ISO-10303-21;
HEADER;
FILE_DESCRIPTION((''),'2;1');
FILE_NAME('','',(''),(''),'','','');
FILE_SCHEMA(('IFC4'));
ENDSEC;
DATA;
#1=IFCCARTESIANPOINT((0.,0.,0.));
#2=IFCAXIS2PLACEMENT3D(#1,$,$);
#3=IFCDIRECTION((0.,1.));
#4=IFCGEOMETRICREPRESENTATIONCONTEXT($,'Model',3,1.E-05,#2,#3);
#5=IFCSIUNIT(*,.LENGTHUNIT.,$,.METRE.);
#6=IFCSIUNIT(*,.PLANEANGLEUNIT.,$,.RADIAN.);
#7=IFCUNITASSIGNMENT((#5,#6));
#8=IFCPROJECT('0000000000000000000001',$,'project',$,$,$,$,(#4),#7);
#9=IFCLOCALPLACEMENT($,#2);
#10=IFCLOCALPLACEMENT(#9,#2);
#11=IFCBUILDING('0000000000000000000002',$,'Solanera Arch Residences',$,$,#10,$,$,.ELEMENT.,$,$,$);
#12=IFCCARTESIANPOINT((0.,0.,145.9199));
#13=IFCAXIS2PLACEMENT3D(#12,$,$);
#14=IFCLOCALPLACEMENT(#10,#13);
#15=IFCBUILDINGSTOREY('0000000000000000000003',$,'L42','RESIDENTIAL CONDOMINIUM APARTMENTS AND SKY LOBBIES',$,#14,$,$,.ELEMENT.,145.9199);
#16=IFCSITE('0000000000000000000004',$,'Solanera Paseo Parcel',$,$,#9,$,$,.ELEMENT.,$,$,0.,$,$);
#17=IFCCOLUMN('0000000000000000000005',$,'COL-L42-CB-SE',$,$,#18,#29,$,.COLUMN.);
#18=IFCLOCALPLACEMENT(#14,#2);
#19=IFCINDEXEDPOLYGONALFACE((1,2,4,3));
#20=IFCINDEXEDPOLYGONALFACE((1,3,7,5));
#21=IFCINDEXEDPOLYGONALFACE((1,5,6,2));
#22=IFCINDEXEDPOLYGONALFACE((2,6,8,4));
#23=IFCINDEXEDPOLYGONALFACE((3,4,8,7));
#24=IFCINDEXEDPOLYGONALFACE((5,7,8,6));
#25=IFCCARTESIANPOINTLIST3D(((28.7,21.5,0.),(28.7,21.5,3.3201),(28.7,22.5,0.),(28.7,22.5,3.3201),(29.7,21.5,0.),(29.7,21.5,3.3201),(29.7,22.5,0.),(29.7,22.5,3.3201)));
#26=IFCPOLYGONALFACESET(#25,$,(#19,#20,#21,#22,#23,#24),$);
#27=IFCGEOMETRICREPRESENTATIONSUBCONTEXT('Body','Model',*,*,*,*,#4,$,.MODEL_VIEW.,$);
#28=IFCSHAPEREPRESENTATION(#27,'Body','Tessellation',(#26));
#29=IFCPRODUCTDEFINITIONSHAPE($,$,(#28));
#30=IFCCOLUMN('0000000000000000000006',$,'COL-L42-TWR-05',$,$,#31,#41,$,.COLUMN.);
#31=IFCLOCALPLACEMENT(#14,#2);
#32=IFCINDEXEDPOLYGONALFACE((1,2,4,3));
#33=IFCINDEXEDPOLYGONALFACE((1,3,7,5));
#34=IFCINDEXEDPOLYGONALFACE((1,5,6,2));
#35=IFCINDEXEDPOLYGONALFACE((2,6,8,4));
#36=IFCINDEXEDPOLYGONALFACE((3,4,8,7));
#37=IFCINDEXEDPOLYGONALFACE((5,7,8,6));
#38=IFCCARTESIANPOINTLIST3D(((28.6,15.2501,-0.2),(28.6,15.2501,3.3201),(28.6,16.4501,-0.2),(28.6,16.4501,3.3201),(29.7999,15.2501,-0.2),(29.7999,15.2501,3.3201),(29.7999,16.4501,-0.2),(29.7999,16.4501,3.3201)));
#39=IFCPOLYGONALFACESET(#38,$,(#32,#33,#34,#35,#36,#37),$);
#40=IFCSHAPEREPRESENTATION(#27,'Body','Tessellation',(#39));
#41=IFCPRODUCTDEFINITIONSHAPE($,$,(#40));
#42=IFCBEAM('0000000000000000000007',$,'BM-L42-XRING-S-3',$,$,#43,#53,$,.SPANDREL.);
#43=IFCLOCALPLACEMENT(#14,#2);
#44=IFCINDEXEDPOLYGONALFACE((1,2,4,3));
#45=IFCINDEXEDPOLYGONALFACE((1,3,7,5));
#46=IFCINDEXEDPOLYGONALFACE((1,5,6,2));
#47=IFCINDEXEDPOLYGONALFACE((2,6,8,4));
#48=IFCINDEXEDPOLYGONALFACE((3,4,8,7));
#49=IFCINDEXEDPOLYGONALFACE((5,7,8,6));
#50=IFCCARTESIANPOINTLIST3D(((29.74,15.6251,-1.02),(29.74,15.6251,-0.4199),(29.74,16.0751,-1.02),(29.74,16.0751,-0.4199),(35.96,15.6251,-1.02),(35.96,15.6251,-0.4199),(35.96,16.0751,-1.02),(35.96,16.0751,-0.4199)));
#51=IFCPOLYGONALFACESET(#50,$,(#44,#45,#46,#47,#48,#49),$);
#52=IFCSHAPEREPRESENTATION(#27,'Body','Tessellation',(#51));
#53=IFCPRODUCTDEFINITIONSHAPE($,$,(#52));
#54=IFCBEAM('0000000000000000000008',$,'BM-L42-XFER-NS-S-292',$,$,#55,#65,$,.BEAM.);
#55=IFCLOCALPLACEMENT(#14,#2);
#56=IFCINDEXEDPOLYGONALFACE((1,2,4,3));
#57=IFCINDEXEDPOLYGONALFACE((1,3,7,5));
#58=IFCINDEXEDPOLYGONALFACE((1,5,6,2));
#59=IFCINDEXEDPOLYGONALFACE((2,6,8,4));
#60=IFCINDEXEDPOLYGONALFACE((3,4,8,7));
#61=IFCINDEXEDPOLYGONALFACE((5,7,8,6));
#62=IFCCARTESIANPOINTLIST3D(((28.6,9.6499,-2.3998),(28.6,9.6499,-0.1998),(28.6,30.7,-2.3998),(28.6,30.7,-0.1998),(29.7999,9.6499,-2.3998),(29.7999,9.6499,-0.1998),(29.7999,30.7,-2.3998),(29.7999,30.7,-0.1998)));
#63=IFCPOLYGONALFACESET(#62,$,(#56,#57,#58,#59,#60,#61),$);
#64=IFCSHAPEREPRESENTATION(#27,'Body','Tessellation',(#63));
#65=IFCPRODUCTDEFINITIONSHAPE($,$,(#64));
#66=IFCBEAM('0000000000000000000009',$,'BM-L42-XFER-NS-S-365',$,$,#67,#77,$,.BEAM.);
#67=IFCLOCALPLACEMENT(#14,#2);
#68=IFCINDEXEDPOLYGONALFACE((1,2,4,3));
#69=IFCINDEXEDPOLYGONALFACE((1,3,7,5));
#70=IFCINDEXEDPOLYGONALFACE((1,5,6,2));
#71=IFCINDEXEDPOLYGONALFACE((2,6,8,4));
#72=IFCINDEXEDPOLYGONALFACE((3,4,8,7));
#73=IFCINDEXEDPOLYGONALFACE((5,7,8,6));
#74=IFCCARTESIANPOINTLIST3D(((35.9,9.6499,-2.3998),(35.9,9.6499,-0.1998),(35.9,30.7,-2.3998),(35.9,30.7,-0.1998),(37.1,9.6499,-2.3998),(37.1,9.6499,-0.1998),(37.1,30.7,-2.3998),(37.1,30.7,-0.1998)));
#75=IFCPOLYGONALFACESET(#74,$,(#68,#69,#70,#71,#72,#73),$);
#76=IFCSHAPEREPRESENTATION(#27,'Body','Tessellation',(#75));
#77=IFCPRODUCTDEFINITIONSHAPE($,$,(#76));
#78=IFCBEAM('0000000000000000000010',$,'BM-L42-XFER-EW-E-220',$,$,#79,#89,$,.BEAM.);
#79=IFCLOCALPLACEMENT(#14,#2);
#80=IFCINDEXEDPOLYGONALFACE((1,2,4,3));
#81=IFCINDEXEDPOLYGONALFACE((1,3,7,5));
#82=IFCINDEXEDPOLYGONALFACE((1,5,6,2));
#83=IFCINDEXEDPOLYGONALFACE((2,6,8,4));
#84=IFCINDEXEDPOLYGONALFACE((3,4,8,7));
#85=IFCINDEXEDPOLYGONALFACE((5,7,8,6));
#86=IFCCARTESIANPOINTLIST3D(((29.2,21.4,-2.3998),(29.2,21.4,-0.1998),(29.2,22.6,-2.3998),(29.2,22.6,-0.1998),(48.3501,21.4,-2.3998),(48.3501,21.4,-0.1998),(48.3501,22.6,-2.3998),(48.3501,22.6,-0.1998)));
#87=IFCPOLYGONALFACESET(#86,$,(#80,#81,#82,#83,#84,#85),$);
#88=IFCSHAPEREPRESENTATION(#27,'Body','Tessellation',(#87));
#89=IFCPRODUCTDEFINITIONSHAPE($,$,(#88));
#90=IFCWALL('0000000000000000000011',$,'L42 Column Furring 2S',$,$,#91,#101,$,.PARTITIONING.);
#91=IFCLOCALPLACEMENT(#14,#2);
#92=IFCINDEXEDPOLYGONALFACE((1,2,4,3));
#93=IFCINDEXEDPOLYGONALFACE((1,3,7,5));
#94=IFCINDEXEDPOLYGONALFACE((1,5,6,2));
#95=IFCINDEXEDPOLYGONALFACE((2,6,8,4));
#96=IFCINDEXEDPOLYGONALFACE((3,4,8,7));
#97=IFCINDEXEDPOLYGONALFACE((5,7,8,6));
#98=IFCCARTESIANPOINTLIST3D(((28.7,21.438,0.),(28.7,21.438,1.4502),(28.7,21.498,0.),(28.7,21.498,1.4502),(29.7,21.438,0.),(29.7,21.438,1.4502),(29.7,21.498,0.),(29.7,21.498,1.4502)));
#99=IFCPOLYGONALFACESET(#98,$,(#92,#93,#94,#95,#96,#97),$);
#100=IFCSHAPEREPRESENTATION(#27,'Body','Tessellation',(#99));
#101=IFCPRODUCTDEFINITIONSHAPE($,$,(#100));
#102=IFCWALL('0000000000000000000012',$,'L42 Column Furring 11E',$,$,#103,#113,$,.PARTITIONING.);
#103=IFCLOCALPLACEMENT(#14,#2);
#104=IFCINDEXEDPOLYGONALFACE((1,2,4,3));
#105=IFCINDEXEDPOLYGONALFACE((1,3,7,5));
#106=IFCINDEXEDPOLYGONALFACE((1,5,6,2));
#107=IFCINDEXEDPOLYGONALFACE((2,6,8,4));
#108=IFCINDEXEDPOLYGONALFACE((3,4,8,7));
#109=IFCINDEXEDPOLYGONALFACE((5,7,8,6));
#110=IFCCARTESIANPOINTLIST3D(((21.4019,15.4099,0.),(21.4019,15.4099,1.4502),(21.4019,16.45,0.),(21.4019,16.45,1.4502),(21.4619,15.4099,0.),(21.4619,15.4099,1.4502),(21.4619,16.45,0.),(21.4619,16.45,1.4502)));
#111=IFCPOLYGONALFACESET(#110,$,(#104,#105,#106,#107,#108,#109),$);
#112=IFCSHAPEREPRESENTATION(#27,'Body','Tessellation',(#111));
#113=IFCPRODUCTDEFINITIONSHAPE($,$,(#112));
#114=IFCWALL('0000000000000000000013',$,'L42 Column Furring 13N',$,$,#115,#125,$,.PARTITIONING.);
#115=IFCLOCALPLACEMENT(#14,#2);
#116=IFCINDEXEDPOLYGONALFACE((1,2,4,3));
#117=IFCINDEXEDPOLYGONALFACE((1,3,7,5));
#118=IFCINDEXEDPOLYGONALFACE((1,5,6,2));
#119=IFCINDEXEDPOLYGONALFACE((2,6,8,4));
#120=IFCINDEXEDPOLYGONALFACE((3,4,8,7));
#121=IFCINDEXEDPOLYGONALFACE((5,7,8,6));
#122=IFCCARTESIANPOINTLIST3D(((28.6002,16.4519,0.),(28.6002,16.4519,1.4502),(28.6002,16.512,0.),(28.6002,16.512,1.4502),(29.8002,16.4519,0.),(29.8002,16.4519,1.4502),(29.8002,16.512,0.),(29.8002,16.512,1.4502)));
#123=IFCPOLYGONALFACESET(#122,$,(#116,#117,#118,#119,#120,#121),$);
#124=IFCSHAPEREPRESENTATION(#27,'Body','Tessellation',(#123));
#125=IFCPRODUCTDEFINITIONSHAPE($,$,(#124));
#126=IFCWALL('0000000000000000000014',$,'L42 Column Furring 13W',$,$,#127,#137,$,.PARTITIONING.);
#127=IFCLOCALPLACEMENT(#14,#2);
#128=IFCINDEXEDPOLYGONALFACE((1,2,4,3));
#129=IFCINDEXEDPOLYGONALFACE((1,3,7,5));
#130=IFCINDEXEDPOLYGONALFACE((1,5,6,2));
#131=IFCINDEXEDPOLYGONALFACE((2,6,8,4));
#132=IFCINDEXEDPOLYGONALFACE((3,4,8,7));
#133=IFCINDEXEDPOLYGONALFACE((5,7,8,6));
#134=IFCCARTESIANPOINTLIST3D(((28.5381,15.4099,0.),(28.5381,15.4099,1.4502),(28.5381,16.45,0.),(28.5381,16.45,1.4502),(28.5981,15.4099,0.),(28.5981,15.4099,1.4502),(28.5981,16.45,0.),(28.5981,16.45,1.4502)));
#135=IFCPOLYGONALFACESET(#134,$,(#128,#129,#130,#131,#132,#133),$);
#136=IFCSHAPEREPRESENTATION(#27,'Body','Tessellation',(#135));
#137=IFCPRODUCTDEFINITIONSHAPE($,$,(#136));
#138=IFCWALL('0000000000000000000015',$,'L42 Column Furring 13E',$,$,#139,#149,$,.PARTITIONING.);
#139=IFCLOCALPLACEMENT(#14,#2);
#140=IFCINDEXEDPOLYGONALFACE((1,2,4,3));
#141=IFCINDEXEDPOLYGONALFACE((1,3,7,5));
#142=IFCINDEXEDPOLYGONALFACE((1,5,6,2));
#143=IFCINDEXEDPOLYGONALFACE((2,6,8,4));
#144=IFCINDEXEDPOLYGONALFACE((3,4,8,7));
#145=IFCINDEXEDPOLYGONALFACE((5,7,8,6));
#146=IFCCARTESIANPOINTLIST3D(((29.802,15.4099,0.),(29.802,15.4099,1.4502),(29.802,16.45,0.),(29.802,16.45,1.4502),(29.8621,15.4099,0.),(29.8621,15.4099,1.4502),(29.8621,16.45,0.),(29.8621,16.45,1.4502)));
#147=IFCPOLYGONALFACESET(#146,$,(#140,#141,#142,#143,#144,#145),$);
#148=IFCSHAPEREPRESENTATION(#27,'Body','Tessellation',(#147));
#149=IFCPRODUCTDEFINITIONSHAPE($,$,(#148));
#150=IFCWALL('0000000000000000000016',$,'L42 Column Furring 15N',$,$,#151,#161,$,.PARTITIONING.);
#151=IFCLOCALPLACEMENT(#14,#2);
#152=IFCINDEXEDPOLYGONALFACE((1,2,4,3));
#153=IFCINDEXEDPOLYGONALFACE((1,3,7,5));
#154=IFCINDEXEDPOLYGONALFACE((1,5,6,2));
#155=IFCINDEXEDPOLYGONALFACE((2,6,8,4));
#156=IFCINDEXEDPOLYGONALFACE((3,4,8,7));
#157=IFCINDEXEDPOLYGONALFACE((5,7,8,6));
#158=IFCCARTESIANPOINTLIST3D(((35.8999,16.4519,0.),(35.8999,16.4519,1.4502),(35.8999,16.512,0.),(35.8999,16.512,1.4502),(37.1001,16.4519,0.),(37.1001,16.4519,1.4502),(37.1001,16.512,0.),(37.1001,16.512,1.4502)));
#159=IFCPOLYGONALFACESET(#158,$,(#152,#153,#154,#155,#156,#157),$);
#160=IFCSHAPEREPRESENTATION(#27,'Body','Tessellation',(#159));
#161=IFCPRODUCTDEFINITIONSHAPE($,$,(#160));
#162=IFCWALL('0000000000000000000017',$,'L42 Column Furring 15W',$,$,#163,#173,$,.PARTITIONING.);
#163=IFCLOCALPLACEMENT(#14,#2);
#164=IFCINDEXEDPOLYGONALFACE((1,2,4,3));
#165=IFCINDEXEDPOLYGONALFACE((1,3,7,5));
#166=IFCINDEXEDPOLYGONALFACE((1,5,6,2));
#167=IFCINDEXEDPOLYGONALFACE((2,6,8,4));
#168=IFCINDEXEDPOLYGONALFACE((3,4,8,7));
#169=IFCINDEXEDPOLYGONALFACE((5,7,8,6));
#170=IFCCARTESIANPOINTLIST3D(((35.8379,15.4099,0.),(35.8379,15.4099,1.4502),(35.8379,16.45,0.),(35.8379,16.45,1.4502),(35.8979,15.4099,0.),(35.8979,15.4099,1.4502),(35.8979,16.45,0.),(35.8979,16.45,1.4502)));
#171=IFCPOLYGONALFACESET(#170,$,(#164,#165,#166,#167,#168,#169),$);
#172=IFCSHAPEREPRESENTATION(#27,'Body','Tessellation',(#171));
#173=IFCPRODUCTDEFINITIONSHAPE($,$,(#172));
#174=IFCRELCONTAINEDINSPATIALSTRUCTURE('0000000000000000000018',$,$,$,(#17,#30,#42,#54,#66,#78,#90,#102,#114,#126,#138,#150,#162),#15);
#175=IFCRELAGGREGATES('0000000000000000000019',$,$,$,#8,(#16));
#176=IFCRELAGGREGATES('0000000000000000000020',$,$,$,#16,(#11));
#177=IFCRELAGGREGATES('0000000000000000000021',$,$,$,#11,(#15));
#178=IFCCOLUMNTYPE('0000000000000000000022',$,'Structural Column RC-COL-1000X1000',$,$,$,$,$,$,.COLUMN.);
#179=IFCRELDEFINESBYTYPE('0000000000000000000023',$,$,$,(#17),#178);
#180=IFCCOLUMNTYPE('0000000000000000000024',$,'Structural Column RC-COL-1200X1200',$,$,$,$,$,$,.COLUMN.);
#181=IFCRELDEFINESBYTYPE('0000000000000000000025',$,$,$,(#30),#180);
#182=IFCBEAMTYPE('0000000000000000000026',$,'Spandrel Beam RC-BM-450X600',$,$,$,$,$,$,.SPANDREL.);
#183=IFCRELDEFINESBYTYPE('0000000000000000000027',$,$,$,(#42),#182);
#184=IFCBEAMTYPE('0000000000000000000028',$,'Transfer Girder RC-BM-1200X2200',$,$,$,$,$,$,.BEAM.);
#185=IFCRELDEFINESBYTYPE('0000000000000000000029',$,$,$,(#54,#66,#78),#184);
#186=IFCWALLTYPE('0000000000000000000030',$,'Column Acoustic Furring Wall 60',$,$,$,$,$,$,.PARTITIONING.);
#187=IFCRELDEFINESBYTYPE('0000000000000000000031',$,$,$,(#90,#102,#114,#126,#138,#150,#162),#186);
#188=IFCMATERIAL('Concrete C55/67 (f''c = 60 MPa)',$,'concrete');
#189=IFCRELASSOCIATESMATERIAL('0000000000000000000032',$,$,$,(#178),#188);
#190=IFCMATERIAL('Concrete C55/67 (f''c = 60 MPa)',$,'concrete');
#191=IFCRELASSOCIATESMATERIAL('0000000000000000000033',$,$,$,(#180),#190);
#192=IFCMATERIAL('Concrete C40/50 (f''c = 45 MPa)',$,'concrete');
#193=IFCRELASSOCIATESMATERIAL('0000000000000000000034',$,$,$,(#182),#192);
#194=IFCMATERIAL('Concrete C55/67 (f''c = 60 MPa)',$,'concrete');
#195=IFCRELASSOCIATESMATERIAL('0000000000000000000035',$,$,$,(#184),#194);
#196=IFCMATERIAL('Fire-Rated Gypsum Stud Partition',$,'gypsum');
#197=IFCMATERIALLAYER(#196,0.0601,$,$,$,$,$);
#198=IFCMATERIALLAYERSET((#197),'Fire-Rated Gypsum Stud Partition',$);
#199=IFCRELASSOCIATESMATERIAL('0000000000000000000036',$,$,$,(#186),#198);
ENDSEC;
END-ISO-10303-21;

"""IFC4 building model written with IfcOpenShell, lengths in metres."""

from ifc_helpers import new_model, si_unit, direction, frame, frame_2d, origin, origin_2d, place, context, subcontext, project, spatial, rectangle, extrude, material, layer, layer_set, material_profile, profile_set, type_object, element, save


model = new_model("IFC4")

# Units and contexts
model_context = context("Model", 3, precision=1e-05, world=origin(), true_north=direction((0.0, 1.0)))
body_context = subcontext(model_context, "Body", "Model", "MODEL_VIEW")
ifc_project = project(units=[si_unit("LENGTHUNIT", "METRE"), si_unit("PLANEANGLEUNIT", "RADIAN")], contexts=[model_context])

# Site, building, storey
site_placement = place(None, origin())
site = spatial("IfcSite", under=ifc_project, at=site_placement, Name="Solanera Paseo Parcel", CompositionType="ELEMENT", RefElevation=0.0)
building_placement = place(site_placement, origin())
building = spatial("IfcBuilding", under=site, at=building_placement, Name="Solanera Arch Residences", CompositionType="ELEMENT")
storey_placement = place(building_placement, frame((0.0, 0.0, 145.9199)))
storey = spatial("IfcBuildingStorey", under=building, at=storey_placement, Name="L42", Description="RESIDENTIAL CONDOMINIUM APARTMENTS AND SKY LOBBIES", CompositionType="ELEMENT", Elevation=145.9199)

# Columns
ifc_material_1 = material(Name="Concrete C55/67 (f'c = 60 MPa)", Category="concrete")
ifc_material_profile_1 = material_profile(ifc_material_1, rectangle(XDim=1.0, YDim=1.0, at=origin_2d()))
ifc_profile_set_1 = profile_set([ifc_material_profile_1], Name="Concrete C55/67 (f'c = 60 MPa)")
column_type_1 = type_object("IfcColumnType", Name="Structural Column RC-COL-1000X1000", PredefinedType="COLUMN", material=ifc_profile_set_1)
column_1_placement = place(storey_placement, frame((29.2, 22.0, 0.0), z_axis=(0.0, 0.0, 1.0), x_axis=(1.0, 0.0, 0.0)))
element("IfcColumn", 1, at=column_1_placement, inside=storey, type_object=column_type_1, Name="COL-L42-CB-SE", PredefinedType="COLUMN", context=body_context, shape_type="SweptSolid", body=[
    extrude(rectangle(XDim=1.0, YDim=1.0, at=origin_2d()), origin(), (0.0, 0.0, 1.0), 3.3201),
])
ifc_material_2 = material(Name="Concrete C55/67 (f'c = 60 MPa)", Category="concrete")
ifc_material_profile_2 = material_profile(ifc_material_2, rectangle(XDim=1.2, YDim=1.2, at=origin_2d()))
ifc_profile_set_2 = profile_set([ifc_material_profile_2], Name="Concrete C55/67 (f'c = 60 MPa)")
column_type_2 = type_object("IfcColumnType", Name="Structural Column RC-COL-1200X1200", PredefinedType="COLUMN", material=ifc_profile_set_2)
column_2_placement = place(storey_placement, frame((29.2, 15.8501, -0.2), z_axis=(0.0, 0.0, 1.0), x_axis=(1.0, 0.0, 0.0)))
element("IfcColumn", 2, at=column_2_placement, inside=storey, type_object=column_type_2, Name="COL-L42-TWR-05", PredefinedType="COLUMN", context=body_context, shape_type="SweptSolid", body=[
    extrude(rectangle(XDim=1.2, YDim=1.2, at=origin_2d()), origin(), (0.0, 0.0, 1.0), 3.52),
])

# Beams
ifc_material_3 = material(Name="Concrete C40/50 (f'c = 45 MPa)", Category="concrete")
ifc_material_profile_3 = material_profile(ifc_material_3, rectangle(XDim=0.45, YDim=0.6001, at=origin_2d()))
ifc_profile_set_3 = profile_set([ifc_material_profile_3], Name="Concrete C40/50 (f'c = 45 MPa)")
beam_type_1 = type_object("IfcBeamType", Name="Spandrel Beam RC-BM-450X600", PredefinedType="SPANDREL", material=ifc_profile_set_3)
beam_1_placement = place(storey_placement, frame((29.74, 15.8501, -0.72), z_axis=(1.0, 0.0, 0.0), x_axis=(0.0, 1.0, 0.0)))
element("IfcBeam", 3, at=beam_1_placement, inside=storey, type_object=beam_type_1, Name="BM-L42-XRING-S-3", PredefinedType="SPANDREL", context=body_context, shape_type="SweptSolid", body=[
    extrude(rectangle(XDim=0.45, YDim=0.6001, at=origin_2d()), origin(), (0.0, 0.0, 1.0), 6.22),
])
ifc_material_4 = material(Name="Concrete C55/67 (f'c = 60 MPa)", Category="concrete")
ifc_material_profile_4 = material_profile(ifc_material_4, rectangle(XDim=1.2, YDim=2.2, at=origin_2d()))
ifc_profile_set_4 = profile_set([ifc_material_profile_4], Name="Concrete C55/67 (f'c = 60 MPa)")
beam_type_2 = type_object("IfcBeamType", Name="Transfer Girder RC-BM-1200X2200", PredefinedType="BEAM", material=ifc_profile_set_4)
for number, where, z_axis, x_axis, name in (
    (4, (29.2, 9.6499, -1.2998), (0.0, 1.0, 0.0), (-1.0, 0.0, 0.0), "BM-L42-XFER-NS-S-292"),
    (5, (36.5, 9.6499, -1.2998), (0.0, 1.0, 0.0), (-1.0, 0.0, 0.0), "BM-L42-XFER-NS-S-365"),
):
    element("IfcBeam", number, at=place(storey_placement, frame(where, z_axis=z_axis, x_axis=x_axis)), inside=storey, type_object=beam_type_2, Name=name, PredefinedType="BEAM", context=body_context, shape_type="SweptSolid", body=[
        extrude(rectangle(XDim=1.2, YDim=2.2, at=origin_2d()), origin(), (0.0, 0.0, 1.0), 21.05),
    ])
beam_2_placement = place(storey_placement, frame((29.2, 22.0, -1.2998), z_axis=(1.0, 0.0, 0.0), x_axis=(0.0, 1.0, 0.0)))
element("IfcBeam", 6, at=beam_2_placement, inside=storey, type_object=beam_type_2, Name="BM-L42-XFER-EW-E-220", PredefinedType="BEAM", context=body_context, shape_type="SweptSolid", body=[
    extrude(rectangle(XDim=1.2, YDim=2.2, at=origin_2d()), origin(), (0.0, 0.0, 1.0), 19.1501),
])

# Walls
ifc_material_5 = material(Name="Fire-Rated Gypsum Stud Partition", Category="gypsum")
ifc_layer_1 = layer(ifc_material_5, 0.0601)
ifc_layer_set_1 = layer_set([ifc_layer_1], Name="Fire-Rated Gypsum Stud Partition")
wall_type_1 = type_object("IfcWallType", Name="Column Acoustic Furring Wall 60", PredefinedType="PARTITIONING", material=ifc_layer_set_1)
wall_1_placement = place(storey_placement, frame((28.7, 21.468, 0.0), z_axis=(0.0, 0.0, 1.0), x_axis=(1.0, 0.0, 0.0)))
element("IfcWall", 7, at=wall_1_placement, inside=storey, type_object=wall_type_1, Name="L42 Column Furring 2S", PredefinedType="PARTITIONING", context=body_context, shape_type="SweptSolid", body=[
    extrude(rectangle(XDim=1.0, YDim=0.0601, at=frame_2d((0.5, 0.0))), origin(), (0.0, 0.0, 1.0), 1.4502),
])
wall_2_placement = place(storey_placement, frame((21.4319, 15.4099, 0.0), z_axis=(0.0, 0.0, 1.0), x_axis=(0.0, 1.0, 0.0)))
element("IfcWall", 8, at=wall_2_placement, inside=storey, type_object=wall_type_1, Name="L42 Column Furring 11E", PredefinedType="PARTITIONING", context=body_context, shape_type="SweptSolid", body=[
    extrude(rectangle(XDim=1.04, YDim=0.0601, at=frame_2d((0.52, 0.0))), origin(), (0.0, 0.0, 1.0), 1.4502),
])
wall_3_placement = place(storey_placement, frame((28.6001, 16.4819, 0.0), z_axis=(0.0, 0.0, 1.0), x_axis=(1.0, 0.0, 0.0)))
element("IfcWall", 9, at=wall_3_placement, inside=storey, type_object=wall_type_1, Name="L42 Column Furring 13N", PredefinedType="PARTITIONING", context=body_context, shape_type="SweptSolid", body=[
    extrude(rectangle(XDim=1.2, YDim=0.0601, at=frame_2d((0.6001, 0.0))), origin(), (0.0, 0.0, 1.0), 1.4502),
])
for number, where, z_axis, x_axis, name in (
    (10, (28.5681, 15.4099, 0.0), (0.0, 0.0, 1.0), (0.0, 1.0, 0.0), "L42 Column Furring 13W"),
    (11, (29.832, 15.4099, 0.0), (0.0, 0.0, 1.0), (0.0, 1.0, 0.0), "L42 Column Furring 13E"),
):
    element("IfcWall", number, at=place(storey_placement, frame(where, z_axis=z_axis, x_axis=x_axis)), inside=storey, type_object=wall_type_1, Name=name, PredefinedType="PARTITIONING", context=body_context, shape_type="SweptSolid", body=[
        extrude(rectangle(XDim=1.04, YDim=0.0601, at=frame_2d((0.52, 0.0))), origin(), (0.0, 0.0, 1.0), 1.4502),
    ])
wall_4_placement = place(storey_placement, frame((35.8999, 16.4819, 0.0), z_axis=(0.0, 0.0, 1.0), x_axis=(1.0, 0.0, 0.0)))
element("IfcWall", 12, at=wall_4_placement, inside=storey, type_object=wall_type_1, Name="L42 Column Furring 15N", PredefinedType="PARTITIONING", context=body_context, shape_type="SweptSolid", body=[
    extrude(rectangle(XDim=1.2002, YDim=0.0601, at=frame_2d((0.6001, 0.0))), origin(), (0.0, 0.0, 1.0), 1.4502),
])
wall_5_placement = place(storey_placement, frame((35.8679, 15.4099, 0.0), z_axis=(0.0, 0.0, 1.0), x_axis=(0.0, 1.0, 0.0)))
element("IfcWall", 13, at=wall_5_placement, inside=storey, type_object=wall_type_1, Name="L42 Column Furring 15W", PredefinedType="PARTITIONING", context=body_context, shape_type="SweptSolid", body=[
    extrude(rectangle(XDim=1.04, YDim=0.0601, at=frame_2d((0.52, 0.0))), origin(), (0.0, 0.0, 1.0), 1.4502),
])

save(model, "model.ifc")
